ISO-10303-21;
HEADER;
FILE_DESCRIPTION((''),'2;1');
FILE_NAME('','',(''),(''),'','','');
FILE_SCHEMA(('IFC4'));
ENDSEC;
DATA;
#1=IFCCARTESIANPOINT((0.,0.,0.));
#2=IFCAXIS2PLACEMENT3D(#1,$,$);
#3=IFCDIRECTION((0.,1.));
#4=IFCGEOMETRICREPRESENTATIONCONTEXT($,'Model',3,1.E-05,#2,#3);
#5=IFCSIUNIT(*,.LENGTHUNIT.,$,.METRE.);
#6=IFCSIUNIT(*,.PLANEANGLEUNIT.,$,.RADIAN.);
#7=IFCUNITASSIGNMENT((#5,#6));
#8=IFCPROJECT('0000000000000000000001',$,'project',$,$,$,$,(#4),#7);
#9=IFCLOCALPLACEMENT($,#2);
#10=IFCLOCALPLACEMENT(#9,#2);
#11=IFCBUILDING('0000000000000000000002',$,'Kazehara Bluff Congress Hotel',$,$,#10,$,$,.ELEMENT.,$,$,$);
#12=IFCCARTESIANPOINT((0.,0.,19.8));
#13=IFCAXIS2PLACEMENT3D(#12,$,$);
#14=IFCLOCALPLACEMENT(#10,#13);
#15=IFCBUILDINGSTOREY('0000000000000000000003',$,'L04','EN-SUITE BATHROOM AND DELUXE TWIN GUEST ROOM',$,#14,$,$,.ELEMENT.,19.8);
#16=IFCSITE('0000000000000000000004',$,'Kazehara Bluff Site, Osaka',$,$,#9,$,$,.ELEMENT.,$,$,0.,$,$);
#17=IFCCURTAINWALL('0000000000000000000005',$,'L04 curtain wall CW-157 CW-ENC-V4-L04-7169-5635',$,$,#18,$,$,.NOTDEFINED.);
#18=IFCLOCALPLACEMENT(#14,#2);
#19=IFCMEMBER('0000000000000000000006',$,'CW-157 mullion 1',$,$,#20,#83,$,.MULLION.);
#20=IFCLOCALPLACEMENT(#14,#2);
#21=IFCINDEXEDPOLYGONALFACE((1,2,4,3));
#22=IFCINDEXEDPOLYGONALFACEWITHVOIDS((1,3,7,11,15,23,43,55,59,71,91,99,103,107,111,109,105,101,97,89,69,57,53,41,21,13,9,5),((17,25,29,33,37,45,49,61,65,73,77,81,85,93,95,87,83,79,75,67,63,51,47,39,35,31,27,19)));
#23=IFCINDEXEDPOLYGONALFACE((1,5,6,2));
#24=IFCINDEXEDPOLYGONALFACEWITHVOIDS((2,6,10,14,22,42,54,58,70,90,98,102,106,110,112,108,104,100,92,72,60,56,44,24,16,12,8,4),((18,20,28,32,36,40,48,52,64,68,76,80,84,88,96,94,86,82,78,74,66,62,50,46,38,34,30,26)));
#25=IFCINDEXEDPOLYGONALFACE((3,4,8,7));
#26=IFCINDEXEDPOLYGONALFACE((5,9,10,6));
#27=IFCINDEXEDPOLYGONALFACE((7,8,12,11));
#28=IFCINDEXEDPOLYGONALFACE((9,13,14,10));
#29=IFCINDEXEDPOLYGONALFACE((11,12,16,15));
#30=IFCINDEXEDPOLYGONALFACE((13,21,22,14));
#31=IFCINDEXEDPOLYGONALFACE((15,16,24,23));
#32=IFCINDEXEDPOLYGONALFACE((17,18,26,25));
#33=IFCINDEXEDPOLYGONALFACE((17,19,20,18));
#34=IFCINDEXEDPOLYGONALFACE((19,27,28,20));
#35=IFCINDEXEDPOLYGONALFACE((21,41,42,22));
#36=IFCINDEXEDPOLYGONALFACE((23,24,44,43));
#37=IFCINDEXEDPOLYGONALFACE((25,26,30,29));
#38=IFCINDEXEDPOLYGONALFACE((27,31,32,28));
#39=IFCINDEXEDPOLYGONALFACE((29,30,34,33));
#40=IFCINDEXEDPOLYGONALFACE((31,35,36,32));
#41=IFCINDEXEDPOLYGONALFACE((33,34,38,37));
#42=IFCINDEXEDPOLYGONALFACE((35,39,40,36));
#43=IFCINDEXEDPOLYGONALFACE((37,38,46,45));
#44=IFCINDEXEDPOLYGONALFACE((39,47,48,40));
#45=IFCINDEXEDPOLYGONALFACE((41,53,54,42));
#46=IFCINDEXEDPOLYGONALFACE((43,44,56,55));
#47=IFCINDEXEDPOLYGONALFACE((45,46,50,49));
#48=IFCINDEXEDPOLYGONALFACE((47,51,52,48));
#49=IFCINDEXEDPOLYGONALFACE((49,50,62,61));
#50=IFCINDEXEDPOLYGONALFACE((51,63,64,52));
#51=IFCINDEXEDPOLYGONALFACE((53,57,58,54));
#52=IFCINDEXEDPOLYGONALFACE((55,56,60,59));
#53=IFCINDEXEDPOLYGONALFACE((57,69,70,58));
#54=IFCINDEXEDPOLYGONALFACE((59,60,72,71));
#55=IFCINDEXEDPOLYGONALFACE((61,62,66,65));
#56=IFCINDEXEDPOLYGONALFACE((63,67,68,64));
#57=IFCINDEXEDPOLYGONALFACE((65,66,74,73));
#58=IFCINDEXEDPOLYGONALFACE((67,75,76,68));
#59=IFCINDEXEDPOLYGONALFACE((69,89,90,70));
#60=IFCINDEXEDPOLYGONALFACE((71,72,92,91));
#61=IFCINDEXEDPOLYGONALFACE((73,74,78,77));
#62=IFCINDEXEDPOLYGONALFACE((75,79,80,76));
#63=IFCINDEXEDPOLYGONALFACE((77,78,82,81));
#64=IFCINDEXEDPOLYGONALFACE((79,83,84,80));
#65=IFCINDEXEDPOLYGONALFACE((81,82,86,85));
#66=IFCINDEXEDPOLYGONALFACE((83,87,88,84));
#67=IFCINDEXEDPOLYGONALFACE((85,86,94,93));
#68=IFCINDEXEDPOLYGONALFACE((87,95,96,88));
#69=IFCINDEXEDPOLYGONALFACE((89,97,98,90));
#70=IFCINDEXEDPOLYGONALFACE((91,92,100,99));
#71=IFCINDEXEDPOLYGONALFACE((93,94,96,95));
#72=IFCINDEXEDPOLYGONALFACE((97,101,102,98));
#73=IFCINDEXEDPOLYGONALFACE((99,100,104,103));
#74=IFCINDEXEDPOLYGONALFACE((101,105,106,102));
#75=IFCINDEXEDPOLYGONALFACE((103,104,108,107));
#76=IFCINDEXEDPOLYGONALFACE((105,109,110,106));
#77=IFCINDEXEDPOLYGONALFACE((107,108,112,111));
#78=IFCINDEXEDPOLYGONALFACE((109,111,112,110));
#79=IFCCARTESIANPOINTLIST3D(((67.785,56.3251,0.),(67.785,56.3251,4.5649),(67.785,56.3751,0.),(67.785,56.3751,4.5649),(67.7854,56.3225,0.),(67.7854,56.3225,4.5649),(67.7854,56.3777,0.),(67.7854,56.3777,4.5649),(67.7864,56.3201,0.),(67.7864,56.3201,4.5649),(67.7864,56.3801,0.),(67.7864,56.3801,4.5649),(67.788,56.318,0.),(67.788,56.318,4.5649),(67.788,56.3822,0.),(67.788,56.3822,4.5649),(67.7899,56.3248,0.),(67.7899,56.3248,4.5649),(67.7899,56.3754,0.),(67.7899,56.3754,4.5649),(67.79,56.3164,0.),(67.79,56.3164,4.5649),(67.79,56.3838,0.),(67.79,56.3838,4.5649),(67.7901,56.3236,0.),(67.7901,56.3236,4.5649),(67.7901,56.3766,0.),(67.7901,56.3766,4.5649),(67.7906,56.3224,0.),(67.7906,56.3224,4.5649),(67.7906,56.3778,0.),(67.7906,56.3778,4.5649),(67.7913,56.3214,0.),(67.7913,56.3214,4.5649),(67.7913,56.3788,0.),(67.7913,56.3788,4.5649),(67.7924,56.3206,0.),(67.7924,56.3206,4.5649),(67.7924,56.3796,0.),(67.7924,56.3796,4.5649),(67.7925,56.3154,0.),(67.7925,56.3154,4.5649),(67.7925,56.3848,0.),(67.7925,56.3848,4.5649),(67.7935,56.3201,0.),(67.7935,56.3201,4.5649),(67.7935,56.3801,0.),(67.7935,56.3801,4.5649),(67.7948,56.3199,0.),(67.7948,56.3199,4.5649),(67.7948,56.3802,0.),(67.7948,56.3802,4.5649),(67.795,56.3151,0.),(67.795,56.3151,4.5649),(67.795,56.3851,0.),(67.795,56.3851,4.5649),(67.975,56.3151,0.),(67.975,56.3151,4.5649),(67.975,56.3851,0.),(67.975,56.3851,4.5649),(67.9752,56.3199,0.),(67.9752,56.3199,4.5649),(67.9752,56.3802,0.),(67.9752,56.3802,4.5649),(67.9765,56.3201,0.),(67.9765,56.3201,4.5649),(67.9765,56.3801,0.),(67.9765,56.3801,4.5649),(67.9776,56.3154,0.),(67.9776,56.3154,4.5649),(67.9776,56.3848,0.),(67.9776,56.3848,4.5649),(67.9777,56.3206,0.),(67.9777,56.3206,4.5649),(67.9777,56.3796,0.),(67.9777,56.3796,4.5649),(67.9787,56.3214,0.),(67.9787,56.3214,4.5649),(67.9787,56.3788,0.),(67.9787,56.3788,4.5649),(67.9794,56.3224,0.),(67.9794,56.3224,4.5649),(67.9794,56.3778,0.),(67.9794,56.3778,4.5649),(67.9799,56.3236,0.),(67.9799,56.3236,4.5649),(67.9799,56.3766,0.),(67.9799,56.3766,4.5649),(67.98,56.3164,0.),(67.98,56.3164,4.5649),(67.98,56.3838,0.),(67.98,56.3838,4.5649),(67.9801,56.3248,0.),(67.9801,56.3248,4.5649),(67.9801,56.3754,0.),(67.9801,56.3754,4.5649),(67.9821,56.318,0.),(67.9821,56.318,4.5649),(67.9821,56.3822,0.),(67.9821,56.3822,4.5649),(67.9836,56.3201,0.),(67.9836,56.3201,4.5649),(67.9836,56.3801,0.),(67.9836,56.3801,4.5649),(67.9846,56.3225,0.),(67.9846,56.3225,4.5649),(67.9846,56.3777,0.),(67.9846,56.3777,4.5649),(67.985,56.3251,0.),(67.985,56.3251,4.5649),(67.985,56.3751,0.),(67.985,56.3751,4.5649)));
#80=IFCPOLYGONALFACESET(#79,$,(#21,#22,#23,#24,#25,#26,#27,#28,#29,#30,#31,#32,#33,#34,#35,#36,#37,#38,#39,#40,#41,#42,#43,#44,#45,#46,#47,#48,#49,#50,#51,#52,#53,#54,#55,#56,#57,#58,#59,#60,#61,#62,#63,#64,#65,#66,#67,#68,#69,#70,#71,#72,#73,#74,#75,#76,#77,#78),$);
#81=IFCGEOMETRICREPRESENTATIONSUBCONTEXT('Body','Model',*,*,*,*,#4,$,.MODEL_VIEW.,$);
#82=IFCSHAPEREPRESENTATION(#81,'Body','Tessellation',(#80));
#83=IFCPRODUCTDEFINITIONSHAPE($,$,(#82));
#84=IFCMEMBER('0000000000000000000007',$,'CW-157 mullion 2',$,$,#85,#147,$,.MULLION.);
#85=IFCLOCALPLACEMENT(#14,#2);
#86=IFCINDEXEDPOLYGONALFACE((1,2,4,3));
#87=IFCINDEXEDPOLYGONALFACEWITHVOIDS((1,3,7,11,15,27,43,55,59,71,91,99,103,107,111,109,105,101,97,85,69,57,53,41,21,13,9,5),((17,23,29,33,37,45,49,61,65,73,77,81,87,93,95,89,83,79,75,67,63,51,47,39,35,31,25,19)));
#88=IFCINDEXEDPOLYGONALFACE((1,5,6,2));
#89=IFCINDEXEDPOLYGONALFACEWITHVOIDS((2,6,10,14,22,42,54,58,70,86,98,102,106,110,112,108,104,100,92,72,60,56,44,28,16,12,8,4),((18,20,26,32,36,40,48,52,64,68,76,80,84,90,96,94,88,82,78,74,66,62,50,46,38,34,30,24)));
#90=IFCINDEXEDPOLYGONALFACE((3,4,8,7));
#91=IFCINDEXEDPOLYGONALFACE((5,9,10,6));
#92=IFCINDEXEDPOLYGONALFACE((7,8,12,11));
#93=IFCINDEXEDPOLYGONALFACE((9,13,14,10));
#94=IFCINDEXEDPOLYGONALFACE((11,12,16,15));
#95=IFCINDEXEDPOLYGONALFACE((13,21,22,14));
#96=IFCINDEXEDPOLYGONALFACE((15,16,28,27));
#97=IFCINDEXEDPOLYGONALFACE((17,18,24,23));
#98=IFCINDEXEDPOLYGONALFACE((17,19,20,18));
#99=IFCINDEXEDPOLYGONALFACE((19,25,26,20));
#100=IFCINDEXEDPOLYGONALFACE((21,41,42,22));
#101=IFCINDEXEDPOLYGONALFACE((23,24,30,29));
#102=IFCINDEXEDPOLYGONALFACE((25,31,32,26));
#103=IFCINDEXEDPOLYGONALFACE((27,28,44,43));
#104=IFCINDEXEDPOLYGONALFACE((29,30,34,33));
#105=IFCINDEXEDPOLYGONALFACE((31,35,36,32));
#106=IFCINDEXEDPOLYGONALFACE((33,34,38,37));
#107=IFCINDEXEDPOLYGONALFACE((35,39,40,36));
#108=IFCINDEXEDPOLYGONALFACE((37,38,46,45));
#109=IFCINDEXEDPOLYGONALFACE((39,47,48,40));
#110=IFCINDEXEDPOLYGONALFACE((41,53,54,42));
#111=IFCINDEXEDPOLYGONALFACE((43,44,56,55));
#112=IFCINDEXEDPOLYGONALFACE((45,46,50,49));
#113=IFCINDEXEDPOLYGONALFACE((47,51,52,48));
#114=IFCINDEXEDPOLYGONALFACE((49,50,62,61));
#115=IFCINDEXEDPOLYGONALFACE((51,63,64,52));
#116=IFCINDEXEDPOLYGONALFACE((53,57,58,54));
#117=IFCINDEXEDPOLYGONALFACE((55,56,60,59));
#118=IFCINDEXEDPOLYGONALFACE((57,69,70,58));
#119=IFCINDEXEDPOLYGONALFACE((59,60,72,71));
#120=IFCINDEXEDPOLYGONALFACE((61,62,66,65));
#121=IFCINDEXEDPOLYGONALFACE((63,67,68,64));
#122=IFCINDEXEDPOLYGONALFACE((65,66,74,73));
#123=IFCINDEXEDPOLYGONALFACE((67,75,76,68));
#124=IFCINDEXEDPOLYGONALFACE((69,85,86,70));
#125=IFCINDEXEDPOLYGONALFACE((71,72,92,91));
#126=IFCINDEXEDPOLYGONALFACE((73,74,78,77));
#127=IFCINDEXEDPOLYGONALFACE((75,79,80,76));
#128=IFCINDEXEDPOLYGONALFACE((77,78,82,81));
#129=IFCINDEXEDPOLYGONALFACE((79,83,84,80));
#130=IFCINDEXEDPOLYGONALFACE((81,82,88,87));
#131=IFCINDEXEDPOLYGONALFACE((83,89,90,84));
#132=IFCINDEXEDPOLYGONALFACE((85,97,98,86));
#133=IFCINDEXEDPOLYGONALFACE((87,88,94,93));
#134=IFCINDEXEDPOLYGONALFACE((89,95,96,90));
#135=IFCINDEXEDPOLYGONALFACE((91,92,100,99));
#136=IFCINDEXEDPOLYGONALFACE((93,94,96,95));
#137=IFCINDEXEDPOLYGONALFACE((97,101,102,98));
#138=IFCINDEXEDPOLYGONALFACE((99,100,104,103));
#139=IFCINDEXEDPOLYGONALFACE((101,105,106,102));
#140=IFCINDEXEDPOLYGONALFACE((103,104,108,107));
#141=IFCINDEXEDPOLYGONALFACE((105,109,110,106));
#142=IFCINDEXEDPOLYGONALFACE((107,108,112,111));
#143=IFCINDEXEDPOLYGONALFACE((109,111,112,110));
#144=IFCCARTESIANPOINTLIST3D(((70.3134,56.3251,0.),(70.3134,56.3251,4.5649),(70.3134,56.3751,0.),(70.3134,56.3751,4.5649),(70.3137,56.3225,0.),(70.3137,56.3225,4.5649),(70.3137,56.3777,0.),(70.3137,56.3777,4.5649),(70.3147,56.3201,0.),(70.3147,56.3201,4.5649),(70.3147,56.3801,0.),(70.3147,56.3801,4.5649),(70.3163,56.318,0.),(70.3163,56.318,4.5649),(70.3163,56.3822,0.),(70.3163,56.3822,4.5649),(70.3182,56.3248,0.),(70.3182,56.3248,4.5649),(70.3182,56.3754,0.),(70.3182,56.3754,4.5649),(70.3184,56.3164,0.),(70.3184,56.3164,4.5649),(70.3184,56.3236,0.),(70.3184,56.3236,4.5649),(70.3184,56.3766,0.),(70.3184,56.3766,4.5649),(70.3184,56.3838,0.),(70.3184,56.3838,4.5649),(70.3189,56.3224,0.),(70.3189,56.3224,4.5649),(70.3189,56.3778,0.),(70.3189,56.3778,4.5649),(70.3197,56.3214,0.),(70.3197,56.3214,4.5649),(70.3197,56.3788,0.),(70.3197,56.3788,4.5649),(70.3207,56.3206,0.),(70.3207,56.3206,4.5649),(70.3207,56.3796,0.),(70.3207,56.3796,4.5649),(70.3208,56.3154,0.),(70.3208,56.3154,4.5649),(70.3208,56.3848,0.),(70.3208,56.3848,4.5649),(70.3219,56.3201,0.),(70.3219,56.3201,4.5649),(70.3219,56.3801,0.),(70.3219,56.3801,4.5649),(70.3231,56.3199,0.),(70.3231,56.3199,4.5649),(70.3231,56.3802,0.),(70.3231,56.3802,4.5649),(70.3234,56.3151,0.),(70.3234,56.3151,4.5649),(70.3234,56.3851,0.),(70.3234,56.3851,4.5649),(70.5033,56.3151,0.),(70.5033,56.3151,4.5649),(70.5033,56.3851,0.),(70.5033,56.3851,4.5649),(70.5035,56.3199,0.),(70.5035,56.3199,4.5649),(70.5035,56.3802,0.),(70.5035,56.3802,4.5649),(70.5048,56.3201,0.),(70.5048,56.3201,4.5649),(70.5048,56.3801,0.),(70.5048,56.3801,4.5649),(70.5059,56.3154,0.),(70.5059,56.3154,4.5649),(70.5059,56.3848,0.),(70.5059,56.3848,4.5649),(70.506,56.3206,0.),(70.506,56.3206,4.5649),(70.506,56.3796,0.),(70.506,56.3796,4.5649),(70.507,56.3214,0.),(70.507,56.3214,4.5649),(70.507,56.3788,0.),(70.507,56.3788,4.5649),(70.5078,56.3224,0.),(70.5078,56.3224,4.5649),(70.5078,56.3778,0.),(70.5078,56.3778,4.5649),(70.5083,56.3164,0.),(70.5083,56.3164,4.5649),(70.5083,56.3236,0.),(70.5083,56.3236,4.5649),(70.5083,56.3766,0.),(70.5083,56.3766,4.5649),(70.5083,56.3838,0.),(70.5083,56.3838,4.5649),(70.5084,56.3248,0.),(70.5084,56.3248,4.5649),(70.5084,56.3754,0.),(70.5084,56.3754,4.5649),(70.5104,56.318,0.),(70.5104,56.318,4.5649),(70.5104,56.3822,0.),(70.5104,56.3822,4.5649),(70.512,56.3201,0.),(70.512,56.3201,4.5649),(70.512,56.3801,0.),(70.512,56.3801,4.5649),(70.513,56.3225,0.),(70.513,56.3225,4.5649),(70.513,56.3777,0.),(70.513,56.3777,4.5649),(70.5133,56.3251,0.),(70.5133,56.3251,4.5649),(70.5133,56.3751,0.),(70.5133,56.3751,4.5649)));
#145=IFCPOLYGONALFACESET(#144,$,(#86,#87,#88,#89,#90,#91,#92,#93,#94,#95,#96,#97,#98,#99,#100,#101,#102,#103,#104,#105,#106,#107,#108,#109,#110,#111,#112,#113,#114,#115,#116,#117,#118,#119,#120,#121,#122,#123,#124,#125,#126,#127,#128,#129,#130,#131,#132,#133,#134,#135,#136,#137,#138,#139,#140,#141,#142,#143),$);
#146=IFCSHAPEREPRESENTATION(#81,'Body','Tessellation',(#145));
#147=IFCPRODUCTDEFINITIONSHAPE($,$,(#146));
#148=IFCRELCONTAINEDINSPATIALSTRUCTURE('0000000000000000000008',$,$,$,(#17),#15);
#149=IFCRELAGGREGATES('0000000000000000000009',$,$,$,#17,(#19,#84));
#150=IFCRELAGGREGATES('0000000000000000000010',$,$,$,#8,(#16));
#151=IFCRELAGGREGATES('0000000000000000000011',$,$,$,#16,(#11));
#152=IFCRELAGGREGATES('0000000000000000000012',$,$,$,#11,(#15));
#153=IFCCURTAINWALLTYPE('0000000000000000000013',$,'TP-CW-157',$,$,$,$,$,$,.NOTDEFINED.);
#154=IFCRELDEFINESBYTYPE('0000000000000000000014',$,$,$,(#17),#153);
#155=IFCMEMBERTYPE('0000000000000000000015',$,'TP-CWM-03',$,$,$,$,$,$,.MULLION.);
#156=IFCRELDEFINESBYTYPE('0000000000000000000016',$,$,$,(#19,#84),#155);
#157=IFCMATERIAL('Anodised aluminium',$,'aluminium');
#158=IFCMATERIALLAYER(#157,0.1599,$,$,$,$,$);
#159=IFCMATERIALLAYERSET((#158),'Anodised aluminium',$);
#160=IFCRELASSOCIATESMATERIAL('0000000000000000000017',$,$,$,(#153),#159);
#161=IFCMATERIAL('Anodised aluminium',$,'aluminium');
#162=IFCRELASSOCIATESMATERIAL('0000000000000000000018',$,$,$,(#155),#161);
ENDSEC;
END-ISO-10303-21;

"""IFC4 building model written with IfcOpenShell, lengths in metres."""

from ifc_helpers import new_model, si_unit, direction, frame, origin, origin_2d, place, context, subcontext, project, spatial, hollow_rectangle, extrude, material, layer, layer_set, material_profile, profile_set, type_object, element, aggregate, save


model = new_model("IFC4")

# Units and contexts
model_context = context("Model", 3, precision=1e-05, world=origin(), true_north=direction((0.0, 1.0)))
body_context = subcontext(model_context, "Body", "Model", "MODEL_VIEW")
ifc_project = project(units=[si_unit("LENGTHUNIT", "METRE"), si_unit("PLANEANGLEUNIT", "RADIAN")], contexts=[model_context])

# Site, building, storey
site_placement = place(None, origin())
site = spatial("IfcSite", under=ifc_project, at=site_placement, Name="Kazehara Bluff Site, Osaka", CompositionType="ELEMENT", RefElevation=0.0)
building_placement = place(site_placement, origin())
building = spatial("IfcBuilding", under=site, at=building_placement, Name="Kazehara Bluff Congress Hotel", CompositionType="ELEMENT")
storey_placement = place(building_placement, frame((0.0, 0.0, 19.8)))
storey = spatial("IfcBuildingStorey", under=building, at=storey_placement, Name="L04", Description="EN-SUITE BATHROOM AND DELUXE TWIN GUEST ROOM", CompositionType="ELEMENT", Elevation=19.8)

# Curtain wall, members
ifc_material_1 = material(Name="Anodised aluminium", Category="aluminium")
ifc_layer_1 = layer(ifc_material_1, 0.1599)
ifc_layer_set_1 = layer_set([ifc_layer_1], Name="Anodised aluminium")
curtain_wall_type_1 = type_object("IfcCurtainWallType", Name="TP-CW-157", PredefinedType="NOTDEFINED", material=ifc_layer_set_1)
curtain_wall_1_placement = place(storey_placement, origin())
curtain_wall_1 = element("IfcCurtainWall", 1, at=curtain_wall_1_placement, inside=storey, type_object=curtain_wall_type_1, Name="L04 curtain wall CW-157 CW-ENC-V4-L04-7169-5635", PredefinedType="NOTDEFINED")
ifc_material_2 = material(Name="Anodised aluminium", Category="aluminium")
ifc_material_profile_1 = material_profile(ifc_material_2, hollow_rectangle(XDim=0.0701, YDim=0.2, WallThickness=0.0049, InnerFilletRadius=0.0049, OuterFilletRadius=0.01, at=origin_2d()))
ifc_profile_set_1 = profile_set([ifc_material_profile_1], Name="Anodised aluminium")
member_type_1 = type_object("IfcMemberType", Name="TP-CWM-03", PredefinedType="MULLION", material=ifc_profile_set_1)
member_1_placement = place(storey_placement, frame((67.885, 56.3501, 0.0), z_axis=(0.0, 0.0, 1.0), x_axis=(0.0, 1.0, 0.0)))
member_1 = element("IfcMember", 2, at=member_1_placement, type_object=member_type_1, Name="CW-157 mullion 1", PredefinedType="MULLION", context=body_context, shape_type="SweptSolid", body=[
    extrude(hollow_rectangle(XDim=0.0701, YDim=0.2, WallThickness=0.0049, InnerFilletRadius=0.0049, OuterFilletRadius=0.01, at=origin_2d()), origin(), (0.0, 0.0, 1.0), 4.5649),
])
member_2_placement = place(storey_placement, frame((70.4133, 56.3501, 0.0), z_axis=(0.0, 0.0, 1.0), x_axis=(0.0, 1.0, 0.0)))
member_2 = element("IfcMember", 3, at=member_2_placement, type_object=member_type_1, Name="CW-157 mullion 2", PredefinedType="MULLION", context=body_context, shape_type="SweptSolid", body=[
    extrude(hollow_rectangle(XDim=0.0701, YDim=0.2, WallThickness=0.0049, InnerFilletRadius=0.0049, OuterFilletRadius=0.01, at=origin_2d()), origin(), (0.0, 0.0, 1.0), 4.5649),
])

aggregate(curtain_wall_1, [member_1, member_2])

save(model, "model.ifc")
